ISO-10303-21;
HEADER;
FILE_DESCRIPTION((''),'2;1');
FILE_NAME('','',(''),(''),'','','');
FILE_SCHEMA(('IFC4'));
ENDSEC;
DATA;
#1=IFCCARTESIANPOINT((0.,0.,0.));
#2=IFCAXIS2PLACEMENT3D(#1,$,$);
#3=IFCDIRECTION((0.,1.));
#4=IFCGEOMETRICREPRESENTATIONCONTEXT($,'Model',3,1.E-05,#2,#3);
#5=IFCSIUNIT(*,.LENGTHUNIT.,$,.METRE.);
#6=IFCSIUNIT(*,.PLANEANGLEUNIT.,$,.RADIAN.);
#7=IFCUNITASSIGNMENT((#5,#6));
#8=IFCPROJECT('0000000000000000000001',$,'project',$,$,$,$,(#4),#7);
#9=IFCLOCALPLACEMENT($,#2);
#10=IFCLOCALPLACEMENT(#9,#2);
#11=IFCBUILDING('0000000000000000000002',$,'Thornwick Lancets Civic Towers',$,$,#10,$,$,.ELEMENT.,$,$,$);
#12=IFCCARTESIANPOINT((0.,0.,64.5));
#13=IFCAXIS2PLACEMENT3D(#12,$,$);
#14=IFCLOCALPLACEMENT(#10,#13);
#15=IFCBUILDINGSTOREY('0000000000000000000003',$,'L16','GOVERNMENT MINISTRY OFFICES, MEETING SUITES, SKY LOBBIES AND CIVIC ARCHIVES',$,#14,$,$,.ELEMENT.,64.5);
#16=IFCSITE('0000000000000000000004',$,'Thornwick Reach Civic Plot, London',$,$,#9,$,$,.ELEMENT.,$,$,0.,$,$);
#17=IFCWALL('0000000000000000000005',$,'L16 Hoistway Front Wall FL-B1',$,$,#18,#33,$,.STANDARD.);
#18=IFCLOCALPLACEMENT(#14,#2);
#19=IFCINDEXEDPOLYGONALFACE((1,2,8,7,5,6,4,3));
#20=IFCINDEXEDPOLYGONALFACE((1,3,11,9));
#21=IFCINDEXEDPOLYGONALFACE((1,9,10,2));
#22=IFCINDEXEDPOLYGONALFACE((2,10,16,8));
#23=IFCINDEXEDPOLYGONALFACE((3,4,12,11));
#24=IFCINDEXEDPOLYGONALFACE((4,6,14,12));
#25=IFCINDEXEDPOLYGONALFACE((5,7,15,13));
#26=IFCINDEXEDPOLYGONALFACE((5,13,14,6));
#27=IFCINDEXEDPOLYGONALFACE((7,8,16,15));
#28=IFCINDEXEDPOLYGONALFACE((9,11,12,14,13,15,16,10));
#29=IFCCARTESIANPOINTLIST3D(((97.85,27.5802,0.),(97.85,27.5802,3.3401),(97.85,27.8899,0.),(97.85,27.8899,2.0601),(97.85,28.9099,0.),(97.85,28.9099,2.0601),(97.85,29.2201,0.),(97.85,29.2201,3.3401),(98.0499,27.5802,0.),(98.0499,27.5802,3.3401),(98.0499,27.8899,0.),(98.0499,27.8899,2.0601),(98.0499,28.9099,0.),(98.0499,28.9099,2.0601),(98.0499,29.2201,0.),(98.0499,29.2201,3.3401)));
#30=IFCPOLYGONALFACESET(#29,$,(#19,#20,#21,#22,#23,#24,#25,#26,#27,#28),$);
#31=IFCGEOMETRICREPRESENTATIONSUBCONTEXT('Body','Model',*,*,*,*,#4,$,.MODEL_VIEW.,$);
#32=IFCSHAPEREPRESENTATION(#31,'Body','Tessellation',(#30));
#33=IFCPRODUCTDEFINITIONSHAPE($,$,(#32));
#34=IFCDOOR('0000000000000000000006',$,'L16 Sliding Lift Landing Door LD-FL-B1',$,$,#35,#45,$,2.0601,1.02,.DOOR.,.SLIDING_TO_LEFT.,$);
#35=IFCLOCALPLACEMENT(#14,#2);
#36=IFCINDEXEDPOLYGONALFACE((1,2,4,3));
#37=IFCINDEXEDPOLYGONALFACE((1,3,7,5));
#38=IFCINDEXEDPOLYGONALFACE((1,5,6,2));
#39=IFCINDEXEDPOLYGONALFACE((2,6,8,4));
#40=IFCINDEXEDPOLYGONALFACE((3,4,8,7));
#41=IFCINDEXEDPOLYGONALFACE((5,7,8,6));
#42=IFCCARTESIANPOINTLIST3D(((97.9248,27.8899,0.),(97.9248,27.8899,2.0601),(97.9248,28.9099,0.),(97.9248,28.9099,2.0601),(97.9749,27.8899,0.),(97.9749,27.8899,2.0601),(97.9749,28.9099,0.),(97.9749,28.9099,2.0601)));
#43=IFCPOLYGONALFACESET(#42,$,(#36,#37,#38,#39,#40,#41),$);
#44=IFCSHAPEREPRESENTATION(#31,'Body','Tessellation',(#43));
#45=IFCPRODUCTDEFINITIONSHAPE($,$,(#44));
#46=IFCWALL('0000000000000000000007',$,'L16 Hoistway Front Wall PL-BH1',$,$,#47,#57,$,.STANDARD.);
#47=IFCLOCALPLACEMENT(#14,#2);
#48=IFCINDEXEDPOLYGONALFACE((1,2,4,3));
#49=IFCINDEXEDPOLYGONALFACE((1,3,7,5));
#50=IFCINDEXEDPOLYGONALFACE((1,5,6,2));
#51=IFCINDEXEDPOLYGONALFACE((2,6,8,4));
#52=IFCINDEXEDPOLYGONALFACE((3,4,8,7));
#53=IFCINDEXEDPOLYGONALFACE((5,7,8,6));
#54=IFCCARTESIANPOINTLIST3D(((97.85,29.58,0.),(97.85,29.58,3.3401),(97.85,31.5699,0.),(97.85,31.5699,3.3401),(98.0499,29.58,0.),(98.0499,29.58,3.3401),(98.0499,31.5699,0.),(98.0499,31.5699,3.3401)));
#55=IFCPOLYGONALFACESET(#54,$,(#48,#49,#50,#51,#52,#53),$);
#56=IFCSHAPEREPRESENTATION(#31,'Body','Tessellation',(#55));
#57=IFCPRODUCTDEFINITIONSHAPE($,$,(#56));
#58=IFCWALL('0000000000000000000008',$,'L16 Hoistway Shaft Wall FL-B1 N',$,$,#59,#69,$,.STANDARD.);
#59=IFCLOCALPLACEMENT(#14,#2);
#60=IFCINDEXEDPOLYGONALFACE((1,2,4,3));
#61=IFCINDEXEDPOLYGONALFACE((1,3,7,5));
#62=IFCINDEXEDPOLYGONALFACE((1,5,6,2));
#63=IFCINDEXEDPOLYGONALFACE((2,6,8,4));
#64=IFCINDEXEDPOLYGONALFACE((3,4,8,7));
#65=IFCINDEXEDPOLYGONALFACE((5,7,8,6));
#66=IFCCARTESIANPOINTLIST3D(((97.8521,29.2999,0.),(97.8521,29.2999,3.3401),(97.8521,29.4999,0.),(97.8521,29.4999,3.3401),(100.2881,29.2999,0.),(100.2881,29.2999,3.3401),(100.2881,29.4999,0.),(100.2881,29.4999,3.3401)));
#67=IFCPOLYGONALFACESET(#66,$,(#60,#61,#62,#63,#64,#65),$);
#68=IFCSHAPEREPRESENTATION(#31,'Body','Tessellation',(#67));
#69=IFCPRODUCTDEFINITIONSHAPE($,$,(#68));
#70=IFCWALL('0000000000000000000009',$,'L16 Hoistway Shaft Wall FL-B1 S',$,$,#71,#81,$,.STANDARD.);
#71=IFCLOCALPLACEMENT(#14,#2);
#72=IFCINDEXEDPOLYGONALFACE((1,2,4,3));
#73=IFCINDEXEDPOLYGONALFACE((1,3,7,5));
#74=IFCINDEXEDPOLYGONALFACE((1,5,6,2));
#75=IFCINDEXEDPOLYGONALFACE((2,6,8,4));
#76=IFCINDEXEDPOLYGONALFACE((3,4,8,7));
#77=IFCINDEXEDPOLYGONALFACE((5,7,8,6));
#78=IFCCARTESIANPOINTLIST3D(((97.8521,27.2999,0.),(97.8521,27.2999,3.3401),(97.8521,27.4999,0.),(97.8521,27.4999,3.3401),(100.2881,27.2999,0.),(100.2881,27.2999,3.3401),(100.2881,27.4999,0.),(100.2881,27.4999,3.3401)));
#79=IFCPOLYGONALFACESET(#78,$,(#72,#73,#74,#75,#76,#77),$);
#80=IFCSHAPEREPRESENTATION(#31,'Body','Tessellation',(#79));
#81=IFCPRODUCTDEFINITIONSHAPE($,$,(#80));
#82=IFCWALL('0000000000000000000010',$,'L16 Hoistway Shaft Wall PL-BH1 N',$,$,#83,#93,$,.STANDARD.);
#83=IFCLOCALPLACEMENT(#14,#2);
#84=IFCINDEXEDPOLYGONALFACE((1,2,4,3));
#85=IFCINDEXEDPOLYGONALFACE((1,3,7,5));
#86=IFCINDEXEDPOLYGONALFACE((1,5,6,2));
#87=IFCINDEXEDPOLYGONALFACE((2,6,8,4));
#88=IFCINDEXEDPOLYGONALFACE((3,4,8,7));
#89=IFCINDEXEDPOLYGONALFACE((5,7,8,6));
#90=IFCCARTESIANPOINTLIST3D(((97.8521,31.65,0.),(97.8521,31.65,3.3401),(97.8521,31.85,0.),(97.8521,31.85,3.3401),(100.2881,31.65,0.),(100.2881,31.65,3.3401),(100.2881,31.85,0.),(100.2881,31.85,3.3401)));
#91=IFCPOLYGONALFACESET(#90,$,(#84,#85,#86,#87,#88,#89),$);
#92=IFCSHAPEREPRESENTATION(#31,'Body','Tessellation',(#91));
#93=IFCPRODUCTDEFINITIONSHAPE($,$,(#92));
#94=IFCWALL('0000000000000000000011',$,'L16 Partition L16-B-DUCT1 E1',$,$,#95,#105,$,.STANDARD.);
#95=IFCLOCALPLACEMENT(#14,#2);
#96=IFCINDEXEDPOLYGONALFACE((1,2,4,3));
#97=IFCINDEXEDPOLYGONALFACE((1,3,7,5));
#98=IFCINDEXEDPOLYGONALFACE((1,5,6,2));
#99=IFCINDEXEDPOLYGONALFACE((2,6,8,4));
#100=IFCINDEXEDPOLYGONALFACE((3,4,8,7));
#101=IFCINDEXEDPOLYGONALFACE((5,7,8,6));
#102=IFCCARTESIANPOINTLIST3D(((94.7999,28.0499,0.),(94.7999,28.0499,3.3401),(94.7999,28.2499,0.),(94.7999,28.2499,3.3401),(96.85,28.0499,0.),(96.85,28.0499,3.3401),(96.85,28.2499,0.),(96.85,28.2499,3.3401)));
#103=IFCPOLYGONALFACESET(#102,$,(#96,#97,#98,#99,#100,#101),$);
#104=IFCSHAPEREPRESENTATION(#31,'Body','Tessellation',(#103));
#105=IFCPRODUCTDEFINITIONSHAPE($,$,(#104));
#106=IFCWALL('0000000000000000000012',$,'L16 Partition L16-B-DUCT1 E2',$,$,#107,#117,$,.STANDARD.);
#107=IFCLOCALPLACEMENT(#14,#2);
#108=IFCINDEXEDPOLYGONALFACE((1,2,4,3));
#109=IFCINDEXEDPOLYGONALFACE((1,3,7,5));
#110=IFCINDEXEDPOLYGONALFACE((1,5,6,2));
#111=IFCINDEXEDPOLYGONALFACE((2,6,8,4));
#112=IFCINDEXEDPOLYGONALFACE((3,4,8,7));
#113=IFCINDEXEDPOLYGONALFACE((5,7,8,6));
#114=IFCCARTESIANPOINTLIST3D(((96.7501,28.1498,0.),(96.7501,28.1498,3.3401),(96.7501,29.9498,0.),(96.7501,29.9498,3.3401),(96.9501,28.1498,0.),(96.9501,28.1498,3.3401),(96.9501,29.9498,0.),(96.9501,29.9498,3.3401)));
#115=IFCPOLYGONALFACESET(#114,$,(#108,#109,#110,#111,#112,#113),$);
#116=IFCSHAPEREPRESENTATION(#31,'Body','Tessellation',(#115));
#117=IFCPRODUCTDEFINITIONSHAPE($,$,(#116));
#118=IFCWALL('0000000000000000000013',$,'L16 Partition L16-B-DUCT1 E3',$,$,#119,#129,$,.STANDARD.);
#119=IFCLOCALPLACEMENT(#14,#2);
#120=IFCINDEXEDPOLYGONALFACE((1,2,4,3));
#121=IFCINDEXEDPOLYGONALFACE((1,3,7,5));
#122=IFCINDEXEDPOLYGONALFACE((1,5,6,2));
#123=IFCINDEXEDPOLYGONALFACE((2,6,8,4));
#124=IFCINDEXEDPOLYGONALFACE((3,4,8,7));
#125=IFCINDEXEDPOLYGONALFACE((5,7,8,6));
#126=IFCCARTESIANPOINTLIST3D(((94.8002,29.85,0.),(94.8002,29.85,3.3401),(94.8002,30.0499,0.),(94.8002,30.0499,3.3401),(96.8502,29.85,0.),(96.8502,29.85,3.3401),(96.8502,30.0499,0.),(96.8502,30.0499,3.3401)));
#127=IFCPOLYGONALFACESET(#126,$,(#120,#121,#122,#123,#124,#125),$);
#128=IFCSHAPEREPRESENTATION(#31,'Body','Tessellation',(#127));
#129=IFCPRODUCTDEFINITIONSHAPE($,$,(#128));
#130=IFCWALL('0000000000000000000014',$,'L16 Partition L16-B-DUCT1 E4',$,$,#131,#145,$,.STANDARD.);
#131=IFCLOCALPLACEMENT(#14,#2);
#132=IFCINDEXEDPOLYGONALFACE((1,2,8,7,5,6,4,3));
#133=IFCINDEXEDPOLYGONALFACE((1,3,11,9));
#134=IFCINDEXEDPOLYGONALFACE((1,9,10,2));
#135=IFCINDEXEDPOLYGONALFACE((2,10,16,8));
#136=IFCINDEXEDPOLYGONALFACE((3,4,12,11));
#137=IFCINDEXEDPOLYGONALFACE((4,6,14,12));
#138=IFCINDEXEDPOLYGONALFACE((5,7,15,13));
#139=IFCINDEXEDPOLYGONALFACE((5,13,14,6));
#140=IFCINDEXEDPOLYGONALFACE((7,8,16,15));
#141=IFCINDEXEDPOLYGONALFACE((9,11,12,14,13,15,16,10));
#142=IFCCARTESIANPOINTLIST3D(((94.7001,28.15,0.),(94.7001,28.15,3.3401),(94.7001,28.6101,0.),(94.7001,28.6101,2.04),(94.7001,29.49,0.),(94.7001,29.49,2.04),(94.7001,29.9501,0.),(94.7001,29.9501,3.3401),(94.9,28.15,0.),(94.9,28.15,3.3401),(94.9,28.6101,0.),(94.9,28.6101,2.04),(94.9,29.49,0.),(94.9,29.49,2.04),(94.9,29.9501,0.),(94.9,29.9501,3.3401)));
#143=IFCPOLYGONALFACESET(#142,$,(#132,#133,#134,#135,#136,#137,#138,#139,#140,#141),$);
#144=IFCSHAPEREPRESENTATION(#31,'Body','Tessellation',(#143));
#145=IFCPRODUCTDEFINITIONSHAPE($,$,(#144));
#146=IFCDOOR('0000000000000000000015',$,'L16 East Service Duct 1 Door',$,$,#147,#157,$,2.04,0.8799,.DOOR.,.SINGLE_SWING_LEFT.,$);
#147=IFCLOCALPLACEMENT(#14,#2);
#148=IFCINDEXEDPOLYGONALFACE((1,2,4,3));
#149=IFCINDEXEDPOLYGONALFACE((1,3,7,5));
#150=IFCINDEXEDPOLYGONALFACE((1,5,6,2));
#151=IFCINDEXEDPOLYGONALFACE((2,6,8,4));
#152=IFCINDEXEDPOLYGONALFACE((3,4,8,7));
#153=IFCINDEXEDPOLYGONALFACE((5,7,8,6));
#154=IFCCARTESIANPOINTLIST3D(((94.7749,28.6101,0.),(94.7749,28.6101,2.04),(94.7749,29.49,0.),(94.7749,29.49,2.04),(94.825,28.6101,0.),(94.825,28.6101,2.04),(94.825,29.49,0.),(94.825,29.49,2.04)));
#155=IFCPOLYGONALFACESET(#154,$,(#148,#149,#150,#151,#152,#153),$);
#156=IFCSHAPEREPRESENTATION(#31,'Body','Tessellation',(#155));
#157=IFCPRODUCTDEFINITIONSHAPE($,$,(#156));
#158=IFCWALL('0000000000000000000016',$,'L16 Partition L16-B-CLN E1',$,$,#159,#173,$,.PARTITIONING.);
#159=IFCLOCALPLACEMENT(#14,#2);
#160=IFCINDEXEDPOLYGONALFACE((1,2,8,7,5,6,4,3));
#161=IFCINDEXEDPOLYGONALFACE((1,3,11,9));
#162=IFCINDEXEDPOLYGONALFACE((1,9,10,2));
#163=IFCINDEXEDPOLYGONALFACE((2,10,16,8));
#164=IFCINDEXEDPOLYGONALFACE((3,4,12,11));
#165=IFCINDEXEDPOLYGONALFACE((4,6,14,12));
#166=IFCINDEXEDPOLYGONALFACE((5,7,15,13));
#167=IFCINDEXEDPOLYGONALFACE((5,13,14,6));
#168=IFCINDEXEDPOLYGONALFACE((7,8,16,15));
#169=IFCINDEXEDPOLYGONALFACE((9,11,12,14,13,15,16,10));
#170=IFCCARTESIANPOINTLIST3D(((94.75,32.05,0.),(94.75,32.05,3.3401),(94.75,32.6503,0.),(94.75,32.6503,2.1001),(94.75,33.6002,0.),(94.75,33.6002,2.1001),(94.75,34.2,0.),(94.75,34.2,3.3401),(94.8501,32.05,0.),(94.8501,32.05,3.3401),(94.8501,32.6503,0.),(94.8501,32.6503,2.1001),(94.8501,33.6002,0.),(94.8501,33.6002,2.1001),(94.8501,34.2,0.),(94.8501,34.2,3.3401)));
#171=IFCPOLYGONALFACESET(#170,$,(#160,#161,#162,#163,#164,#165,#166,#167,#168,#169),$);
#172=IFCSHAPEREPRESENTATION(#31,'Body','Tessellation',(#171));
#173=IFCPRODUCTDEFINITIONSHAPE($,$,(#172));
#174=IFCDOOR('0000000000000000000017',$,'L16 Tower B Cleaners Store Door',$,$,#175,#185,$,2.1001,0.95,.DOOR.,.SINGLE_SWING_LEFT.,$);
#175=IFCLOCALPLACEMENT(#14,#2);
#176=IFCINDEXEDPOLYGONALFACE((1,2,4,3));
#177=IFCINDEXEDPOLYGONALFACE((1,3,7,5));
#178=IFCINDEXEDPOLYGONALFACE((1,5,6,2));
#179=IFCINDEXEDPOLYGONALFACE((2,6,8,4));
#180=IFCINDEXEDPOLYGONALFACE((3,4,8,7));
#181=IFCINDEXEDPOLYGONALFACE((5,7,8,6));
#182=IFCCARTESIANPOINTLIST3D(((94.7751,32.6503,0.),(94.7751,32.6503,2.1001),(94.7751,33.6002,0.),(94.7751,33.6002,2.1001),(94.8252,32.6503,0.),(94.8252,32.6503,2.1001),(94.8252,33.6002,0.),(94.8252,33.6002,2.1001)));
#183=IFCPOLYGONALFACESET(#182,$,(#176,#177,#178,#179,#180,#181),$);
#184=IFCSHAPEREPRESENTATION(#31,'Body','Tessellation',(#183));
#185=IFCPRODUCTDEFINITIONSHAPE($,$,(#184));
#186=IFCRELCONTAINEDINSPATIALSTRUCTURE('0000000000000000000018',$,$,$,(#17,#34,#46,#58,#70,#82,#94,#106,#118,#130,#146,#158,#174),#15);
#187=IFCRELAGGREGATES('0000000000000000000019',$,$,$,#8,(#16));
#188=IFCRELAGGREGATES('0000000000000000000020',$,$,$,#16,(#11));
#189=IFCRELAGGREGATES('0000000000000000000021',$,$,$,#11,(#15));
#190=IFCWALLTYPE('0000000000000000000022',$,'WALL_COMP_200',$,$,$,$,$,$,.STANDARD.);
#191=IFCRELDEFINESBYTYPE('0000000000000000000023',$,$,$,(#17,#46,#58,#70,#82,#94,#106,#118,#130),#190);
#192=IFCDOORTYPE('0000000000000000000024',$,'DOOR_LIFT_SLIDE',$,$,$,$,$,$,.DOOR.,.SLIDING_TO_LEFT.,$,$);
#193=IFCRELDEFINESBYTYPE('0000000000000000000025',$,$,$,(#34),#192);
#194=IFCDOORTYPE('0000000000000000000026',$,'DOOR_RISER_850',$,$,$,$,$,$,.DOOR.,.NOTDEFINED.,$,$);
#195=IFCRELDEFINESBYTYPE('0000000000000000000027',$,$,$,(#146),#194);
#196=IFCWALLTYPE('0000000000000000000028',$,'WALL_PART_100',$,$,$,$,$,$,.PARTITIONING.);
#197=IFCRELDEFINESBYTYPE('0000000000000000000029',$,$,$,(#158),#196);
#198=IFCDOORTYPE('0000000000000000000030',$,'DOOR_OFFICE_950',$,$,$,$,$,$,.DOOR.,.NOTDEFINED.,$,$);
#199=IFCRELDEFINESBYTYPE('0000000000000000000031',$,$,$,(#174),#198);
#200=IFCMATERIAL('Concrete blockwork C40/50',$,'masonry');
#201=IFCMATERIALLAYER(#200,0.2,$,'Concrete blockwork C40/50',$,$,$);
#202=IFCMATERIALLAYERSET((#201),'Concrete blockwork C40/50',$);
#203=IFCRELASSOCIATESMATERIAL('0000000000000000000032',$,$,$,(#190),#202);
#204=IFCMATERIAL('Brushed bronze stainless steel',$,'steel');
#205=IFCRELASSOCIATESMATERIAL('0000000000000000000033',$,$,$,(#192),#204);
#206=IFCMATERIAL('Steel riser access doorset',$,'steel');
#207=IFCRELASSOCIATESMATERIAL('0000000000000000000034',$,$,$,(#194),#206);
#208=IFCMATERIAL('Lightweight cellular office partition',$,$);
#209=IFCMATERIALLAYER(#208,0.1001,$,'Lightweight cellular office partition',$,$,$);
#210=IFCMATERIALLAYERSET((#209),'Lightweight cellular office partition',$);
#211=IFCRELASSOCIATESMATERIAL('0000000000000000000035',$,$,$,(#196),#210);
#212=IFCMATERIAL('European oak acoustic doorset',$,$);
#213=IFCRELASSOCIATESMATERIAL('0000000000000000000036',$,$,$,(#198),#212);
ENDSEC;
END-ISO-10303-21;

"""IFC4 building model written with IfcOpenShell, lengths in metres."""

from ifc_helpers import new_model, si_unit, direction, frame, frame_2d, origin, place, context, subcontext, project, spatial, rectangle, extrude, material, layer, layer_set, type_object, element, fill, save


model = new_model("IFC4")

# Units and contexts
model_context = context("Model", 3, precision=1e-05, world=origin(), true_north=direction((0.0, 1.0)))
body_context = subcontext(model_context, "Body", "Model", "MODEL_VIEW")
ifc_project = project(units=[si_unit("LENGTHUNIT", "METRE"), si_unit("PLANEANGLEUNIT", "RADIAN")], contexts=[model_context])

# Site, building, storey
site_placement = place(None, origin())
site = spatial("IfcSite", under=ifc_project, at=site_placement, Name="Thornwick Reach Civic Plot, London", CompositionType="ELEMENT", RefElevation=0.0)
building_placement = place(site_placement, origin())
building = spatial("IfcBuilding", under=site, at=building_placement, Name="Thornwick Lancets Civic Towers", CompositionType="ELEMENT")
storey_placement = place(building_placement, frame((0.0, 0.0, 64.5)))
storey = spatial("IfcBuildingStorey", under=building, at=storey_placement, Name="L16", Description="GOVERNMENT MINISTRY OFFICES, MEETING SUITES, SKY LOBBIES AND CIVIC ARCHIVES", CompositionType="ELEMENT", Elevation=64.5)

# Wall, opening, door
ifc_material_1 = material(Name="Concrete blockwork C40/50", Category="masonry")
ifc_layer_1 = layer(ifc_material_1, 0.2, Name="Concrete blockwork C40/50")
ifc_layer_set_1 = layer_set([ifc_layer_1], Name="Concrete blockwork C40/50")
wall_type_1 = type_object("IfcWallType", Name="WALL_COMP_200", PredefinedType="STANDARD", material=ifc_layer_set_1)
wall_1_placement = place(storey_placement, frame((97.95, 29.22, 0.0), z_axis=(0.0, 0.0, 1.0), x_axis=(0.0, -1.0, 0.0)))
wall_1 = element("IfcWall", 1, at=wall_1_placement, inside=storey, type_object=wall_type_1, Name="L16 Hoistway Front Wall FL-B1", PredefinedType="STANDARD", context=body_context, shape_type="SweptSolid", body=[
    extrude(rectangle(XDim=1.6399, YDim=0.2, at=frame_2d((0.8198, 0.0))), origin(), (0.0, 0.0, 1.0), 3.3401),
])
opening_1_placement = place(wall_1_placement, frame((0.3101, 0.0, 0.0)))
opening_1 = element("IfcOpeningElement", 2, at=opening_1_placement, cuts=wall_1, PredefinedType="OPENING", context=body_context, shape_type="SweptSolid", body=[
    extrude(rectangle(XDim=1.02, YDim=2.0601, at=frame_2d((0.51, 1.03))), frame((0.0, 0.1099, 0.0), z_axis=(0.0, -1.0, 0.0), x_axis=(1.0, 0.0, 0.0)), (0.0, 0.0, 1.0), 0.22),
])
ifc_material_2 = material(Name="Brushed bronze stainless steel", Category="steel")
door_type_1 = type_object("IfcDoorType", Name="DOOR_LIFT_SLIDE", OperationType="SLIDING_TO_LEFT", PredefinedType="DOOR", material=ifc_material_2)
door_1_placement = place(opening_1_placement, origin())
door_1 = element("IfcDoor", 3, at=door_1_placement, inside=storey, type_object=door_type_1, Name="L16 Sliding Lift Landing Door LD-FL-B1", OperationType="SLIDING_TO_LEFT", OverallHeight=2.0601, OverallWidth=1.02, PredefinedType="DOOR", context=body_context, shape_type="SweptSolid", body=[
    extrude(rectangle(XDim=1.02, YDim=2.0601, at=frame_2d((0.51, 1.03))), frame((0.0, 0.0249, 0.0), z_axis=(0.0, -1.0, 0.0), x_axis=(1.0, 0.0, 0.0)), (0.0, 0.0, 1.0), 0.05),
])
fill(opening_1, door_1)

# Walls
wall_2_placement = place(storey_placement, frame((97.95, 31.5701, 0.0), z_axis=(0.0, 0.0, 1.0), x_axis=(0.0, -1.0, 0.0)))
element("IfcWall", 4, at=wall_2_placement, inside=storey, type_object=wall_type_1, Name="L16 Hoistway Front Wall PL-BH1", PredefinedType="STANDARD", context=body_context, shape_type="SweptSolid", body=[
    extrude(rectangle(XDim=1.99, YDim=0.2, at=frame_2d((0.9951, 0.0))), origin(), (0.0, 0.0, 1.0), 3.3401),
])
for number, where, z_axis, x_axis, name in (
    (5, (97.8521, 29.3999, 0.0), (0.0, 0.0, 1.0), (1.0, 0.0, 0.0), "L16 Hoistway Shaft Wall FL-B1 N"),
    (6, (97.8521, 27.3999, 0.0), (0.0, 0.0, 1.0), (1.0, 0.0, 0.0), "L16 Hoistway Shaft Wall FL-B1 S"),
    (7, (97.8521, 31.75, 0.0), (0.0, 0.0, 1.0), (1.0, 0.0, 0.0), "L16 Hoistway Shaft Wall PL-BH1 N"),
):
    element("IfcWall", number, at=place(storey_placement, frame(where, z_axis=z_axis, x_axis=x_axis)), inside=storey, type_object=wall_type_1, Name=name, PredefinedType="STANDARD", context=body_context, shape_type="SweptSolid", body=[
        extrude(rectangle(XDim=2.436, YDim=0.2, at=frame_2d((1.218, 0.0))), origin(), (0.0, 0.0, 1.0), 3.3401),
    ])
wall_3_placement = place(storey_placement, frame((94.8, 28.1499, 0.0), z_axis=(0.0, 0.0, 1.0), x_axis=(1.0, 0.0, 0.0)))
element("IfcWall", 8, at=wall_3_placement, inside=storey, type_object=wall_type_1, Name="L16 Partition L16-B-DUCT1 E1", PredefinedType="STANDARD", context=body_context, shape_type="SweptSolid", body=[
    extrude(rectangle(XDim=2.05, YDim=0.2, at=frame_2d((1.0249, 0.0))), origin(), (0.0, 0.0, 1.0), 3.3401),
])
wall_4_placement = place(storey_placement, frame((96.8501, 28.1499, 0.0), z_axis=(0.0, 0.0, 1.0), x_axis=(0.0, 1.0, 0.0)))
element("IfcWall", 9, at=wall_4_placement, inside=storey, type_object=wall_type_1, Name="L16 Partition L16-B-DUCT1 E2", PredefinedType="STANDARD", context=body_context, shape_type="SweptSolid", body=[
    extrude(rectangle(XDim=1.8, YDim=0.2, at=frame_2d((0.8999, 0.0))), origin(), (0.0, 0.0, 1.0), 3.3401),
])
wall_5_placement = place(storey_placement, frame((96.8501, 29.95, 0.0), z_axis=(0.0, 0.0, 1.0), x_axis=(-1.0, 0.0, 0.0)))
element("IfcWall", 10, at=wall_5_placement, inside=storey, type_object=wall_type_1, Name="L16 Partition L16-B-DUCT1 E3", PredefinedType="STANDARD", context=body_context, shape_type="SweptSolid", body=[
    extrude(rectangle(XDim=2.05, YDim=0.2, at=frame_2d((1.0249, 0.0))), origin(), (0.0, 0.0, 1.0), 3.3401),
])

# Walls, openings, doors
wall_6_placement = place(storey_placement, frame((94.8, 29.95, 0.0), z_axis=(0.0, 0.0, 1.0), x_axis=(0.0, -1.0, 0.0)))
wall_6 = element("IfcWall", 11, at=wall_6_placement, inside=storey, type_object=wall_type_1, Name="L16 Partition L16-B-DUCT1 E4", PredefinedType="STANDARD", context=body_context, shape_type="SweptSolid", body=[
    extrude(rectangle(XDim=1.8, YDim=0.2, at=frame_2d((0.8999, 0.0))), origin(), (0.0, 0.0, 1.0), 3.3401),
])
opening_2_placement = place(wall_6_placement, frame((0.46, 0.0, 0.0)))
opening_2 = element("IfcOpeningElement", 12, at=opening_2_placement, cuts=wall_6, PredefinedType="OPENING", context=body_context, shape_type="SweptSolid", body=[
    extrude(rectangle(XDim=0.8799, YDim=2.04, at=frame_2d((0.4399, 1.02))), frame((0.0, 0.1099, 0.0), z_axis=(0.0, -1.0, 0.0), x_axis=(1.0, 0.0, 0.0)), (0.0, 0.0, 1.0), 0.22),
])
ifc_material_3 = material(Name="Steel riser access doorset", Category="steel")
door_type_2 = type_object("IfcDoorType", Name="DOOR_RISER_850", OperationType="NOTDEFINED", PredefinedType="DOOR", material=ifc_material_3)
door_2_placement = place(opening_2_placement, origin())
door_2 = element("IfcDoor", 13, at=door_2_placement, inside=storey, type_object=door_type_2, Name="L16 East Service Duct 1 Door", OperationType="SINGLE_SWING_LEFT", OverallHeight=2.04, OverallWidth=0.8799, PredefinedType="DOOR", context=body_context, shape_type="SweptSolid", body=[
    extrude(rectangle(XDim=0.8799, YDim=2.04, at=frame_2d((0.4399, 1.02))), frame((0.0, 0.0249, 0.0), z_axis=(0.0, -1.0, 0.0), x_axis=(1.0, 0.0, 0.0)), (0.0, 0.0, 1.0), 0.05),
])
fill(opening_2, door_2)
ifc_material_4 = material(Name="Lightweight cellular office partition")
ifc_layer_2 = layer(ifc_material_4, 0.1001, Name="Lightweight cellular office partition")
ifc_layer_set_2 = layer_set([ifc_layer_2], Name="Lightweight cellular office partition")
wall_type_2 = type_object("IfcWallType", Name="WALL_PART_100", PredefinedType="PARTITIONING", material=ifc_layer_set_2)
wall_7_placement = place(storey_placement, frame((94.8, 32.05, 0.0), z_axis=(0.0, 0.0, 1.0), x_axis=(0.0, 1.0, 0.0)))
wall_7 = element("IfcWall", 14, at=wall_7_placement, inside=storey, type_object=wall_type_2, Name="L16 Partition L16-B-CLN E1", PredefinedType="PARTITIONING", context=body_context, shape_type="SweptSolid", body=[
    extrude(rectangle(XDim=2.1499, YDim=0.1001, at=frame_2d((1.075, 0.0))), origin(), (0.0, 0.0, 1.0), 3.3401),
])
opening_3_placement = place(wall_7_placement, frame((0.6001, 0.0, 0.0)))
opening_3 = element("IfcOpeningElement", 15, at=opening_3_placement, cuts=wall_7, PredefinedType="OPENING", context=body_context, shape_type="SweptSolid", body=[
    extrude(rectangle(XDim=0.95, YDim=2.1001, at=frame_2d((0.4751, 1.05))), frame((0.0, 0.0601, 0.0), z_axis=(0.0, -1.0, 0.0), x_axis=(1.0, 0.0, 0.0)), (0.0, 0.0, 1.0), 0.1201),
])
ifc_material_5 = material(Name="European oak acoustic doorset")
door_type_3 = type_object("IfcDoorType", Name="DOOR_OFFICE_950", OperationType="NOTDEFINED", PredefinedType="DOOR", material=ifc_material_5)
door_3_placement = place(opening_3_placement, origin())
door_3 = element("IfcDoor", 16, at=door_3_placement, inside=storey, type_object=door_type_3, Name="L16 Tower B Cleaners Store Door", OperationType="SINGLE_SWING_LEFT", OverallHeight=2.1001, OverallWidth=0.95, PredefinedType="DOOR", context=body_context, shape_type="SweptSolid", body=[
    extrude(rectangle(XDim=0.95, YDim=2.1001, at=frame_2d((0.4751, 1.05))), frame((0.0, 0.0249, 0.0), z_axis=(0.0, -1.0, 0.0), x_axis=(1.0, 0.0, 0.0)), (0.0, 0.0, 1.0), 0.05),
])
fill(opening_3, door_3)

save(model, "model.ifc")
